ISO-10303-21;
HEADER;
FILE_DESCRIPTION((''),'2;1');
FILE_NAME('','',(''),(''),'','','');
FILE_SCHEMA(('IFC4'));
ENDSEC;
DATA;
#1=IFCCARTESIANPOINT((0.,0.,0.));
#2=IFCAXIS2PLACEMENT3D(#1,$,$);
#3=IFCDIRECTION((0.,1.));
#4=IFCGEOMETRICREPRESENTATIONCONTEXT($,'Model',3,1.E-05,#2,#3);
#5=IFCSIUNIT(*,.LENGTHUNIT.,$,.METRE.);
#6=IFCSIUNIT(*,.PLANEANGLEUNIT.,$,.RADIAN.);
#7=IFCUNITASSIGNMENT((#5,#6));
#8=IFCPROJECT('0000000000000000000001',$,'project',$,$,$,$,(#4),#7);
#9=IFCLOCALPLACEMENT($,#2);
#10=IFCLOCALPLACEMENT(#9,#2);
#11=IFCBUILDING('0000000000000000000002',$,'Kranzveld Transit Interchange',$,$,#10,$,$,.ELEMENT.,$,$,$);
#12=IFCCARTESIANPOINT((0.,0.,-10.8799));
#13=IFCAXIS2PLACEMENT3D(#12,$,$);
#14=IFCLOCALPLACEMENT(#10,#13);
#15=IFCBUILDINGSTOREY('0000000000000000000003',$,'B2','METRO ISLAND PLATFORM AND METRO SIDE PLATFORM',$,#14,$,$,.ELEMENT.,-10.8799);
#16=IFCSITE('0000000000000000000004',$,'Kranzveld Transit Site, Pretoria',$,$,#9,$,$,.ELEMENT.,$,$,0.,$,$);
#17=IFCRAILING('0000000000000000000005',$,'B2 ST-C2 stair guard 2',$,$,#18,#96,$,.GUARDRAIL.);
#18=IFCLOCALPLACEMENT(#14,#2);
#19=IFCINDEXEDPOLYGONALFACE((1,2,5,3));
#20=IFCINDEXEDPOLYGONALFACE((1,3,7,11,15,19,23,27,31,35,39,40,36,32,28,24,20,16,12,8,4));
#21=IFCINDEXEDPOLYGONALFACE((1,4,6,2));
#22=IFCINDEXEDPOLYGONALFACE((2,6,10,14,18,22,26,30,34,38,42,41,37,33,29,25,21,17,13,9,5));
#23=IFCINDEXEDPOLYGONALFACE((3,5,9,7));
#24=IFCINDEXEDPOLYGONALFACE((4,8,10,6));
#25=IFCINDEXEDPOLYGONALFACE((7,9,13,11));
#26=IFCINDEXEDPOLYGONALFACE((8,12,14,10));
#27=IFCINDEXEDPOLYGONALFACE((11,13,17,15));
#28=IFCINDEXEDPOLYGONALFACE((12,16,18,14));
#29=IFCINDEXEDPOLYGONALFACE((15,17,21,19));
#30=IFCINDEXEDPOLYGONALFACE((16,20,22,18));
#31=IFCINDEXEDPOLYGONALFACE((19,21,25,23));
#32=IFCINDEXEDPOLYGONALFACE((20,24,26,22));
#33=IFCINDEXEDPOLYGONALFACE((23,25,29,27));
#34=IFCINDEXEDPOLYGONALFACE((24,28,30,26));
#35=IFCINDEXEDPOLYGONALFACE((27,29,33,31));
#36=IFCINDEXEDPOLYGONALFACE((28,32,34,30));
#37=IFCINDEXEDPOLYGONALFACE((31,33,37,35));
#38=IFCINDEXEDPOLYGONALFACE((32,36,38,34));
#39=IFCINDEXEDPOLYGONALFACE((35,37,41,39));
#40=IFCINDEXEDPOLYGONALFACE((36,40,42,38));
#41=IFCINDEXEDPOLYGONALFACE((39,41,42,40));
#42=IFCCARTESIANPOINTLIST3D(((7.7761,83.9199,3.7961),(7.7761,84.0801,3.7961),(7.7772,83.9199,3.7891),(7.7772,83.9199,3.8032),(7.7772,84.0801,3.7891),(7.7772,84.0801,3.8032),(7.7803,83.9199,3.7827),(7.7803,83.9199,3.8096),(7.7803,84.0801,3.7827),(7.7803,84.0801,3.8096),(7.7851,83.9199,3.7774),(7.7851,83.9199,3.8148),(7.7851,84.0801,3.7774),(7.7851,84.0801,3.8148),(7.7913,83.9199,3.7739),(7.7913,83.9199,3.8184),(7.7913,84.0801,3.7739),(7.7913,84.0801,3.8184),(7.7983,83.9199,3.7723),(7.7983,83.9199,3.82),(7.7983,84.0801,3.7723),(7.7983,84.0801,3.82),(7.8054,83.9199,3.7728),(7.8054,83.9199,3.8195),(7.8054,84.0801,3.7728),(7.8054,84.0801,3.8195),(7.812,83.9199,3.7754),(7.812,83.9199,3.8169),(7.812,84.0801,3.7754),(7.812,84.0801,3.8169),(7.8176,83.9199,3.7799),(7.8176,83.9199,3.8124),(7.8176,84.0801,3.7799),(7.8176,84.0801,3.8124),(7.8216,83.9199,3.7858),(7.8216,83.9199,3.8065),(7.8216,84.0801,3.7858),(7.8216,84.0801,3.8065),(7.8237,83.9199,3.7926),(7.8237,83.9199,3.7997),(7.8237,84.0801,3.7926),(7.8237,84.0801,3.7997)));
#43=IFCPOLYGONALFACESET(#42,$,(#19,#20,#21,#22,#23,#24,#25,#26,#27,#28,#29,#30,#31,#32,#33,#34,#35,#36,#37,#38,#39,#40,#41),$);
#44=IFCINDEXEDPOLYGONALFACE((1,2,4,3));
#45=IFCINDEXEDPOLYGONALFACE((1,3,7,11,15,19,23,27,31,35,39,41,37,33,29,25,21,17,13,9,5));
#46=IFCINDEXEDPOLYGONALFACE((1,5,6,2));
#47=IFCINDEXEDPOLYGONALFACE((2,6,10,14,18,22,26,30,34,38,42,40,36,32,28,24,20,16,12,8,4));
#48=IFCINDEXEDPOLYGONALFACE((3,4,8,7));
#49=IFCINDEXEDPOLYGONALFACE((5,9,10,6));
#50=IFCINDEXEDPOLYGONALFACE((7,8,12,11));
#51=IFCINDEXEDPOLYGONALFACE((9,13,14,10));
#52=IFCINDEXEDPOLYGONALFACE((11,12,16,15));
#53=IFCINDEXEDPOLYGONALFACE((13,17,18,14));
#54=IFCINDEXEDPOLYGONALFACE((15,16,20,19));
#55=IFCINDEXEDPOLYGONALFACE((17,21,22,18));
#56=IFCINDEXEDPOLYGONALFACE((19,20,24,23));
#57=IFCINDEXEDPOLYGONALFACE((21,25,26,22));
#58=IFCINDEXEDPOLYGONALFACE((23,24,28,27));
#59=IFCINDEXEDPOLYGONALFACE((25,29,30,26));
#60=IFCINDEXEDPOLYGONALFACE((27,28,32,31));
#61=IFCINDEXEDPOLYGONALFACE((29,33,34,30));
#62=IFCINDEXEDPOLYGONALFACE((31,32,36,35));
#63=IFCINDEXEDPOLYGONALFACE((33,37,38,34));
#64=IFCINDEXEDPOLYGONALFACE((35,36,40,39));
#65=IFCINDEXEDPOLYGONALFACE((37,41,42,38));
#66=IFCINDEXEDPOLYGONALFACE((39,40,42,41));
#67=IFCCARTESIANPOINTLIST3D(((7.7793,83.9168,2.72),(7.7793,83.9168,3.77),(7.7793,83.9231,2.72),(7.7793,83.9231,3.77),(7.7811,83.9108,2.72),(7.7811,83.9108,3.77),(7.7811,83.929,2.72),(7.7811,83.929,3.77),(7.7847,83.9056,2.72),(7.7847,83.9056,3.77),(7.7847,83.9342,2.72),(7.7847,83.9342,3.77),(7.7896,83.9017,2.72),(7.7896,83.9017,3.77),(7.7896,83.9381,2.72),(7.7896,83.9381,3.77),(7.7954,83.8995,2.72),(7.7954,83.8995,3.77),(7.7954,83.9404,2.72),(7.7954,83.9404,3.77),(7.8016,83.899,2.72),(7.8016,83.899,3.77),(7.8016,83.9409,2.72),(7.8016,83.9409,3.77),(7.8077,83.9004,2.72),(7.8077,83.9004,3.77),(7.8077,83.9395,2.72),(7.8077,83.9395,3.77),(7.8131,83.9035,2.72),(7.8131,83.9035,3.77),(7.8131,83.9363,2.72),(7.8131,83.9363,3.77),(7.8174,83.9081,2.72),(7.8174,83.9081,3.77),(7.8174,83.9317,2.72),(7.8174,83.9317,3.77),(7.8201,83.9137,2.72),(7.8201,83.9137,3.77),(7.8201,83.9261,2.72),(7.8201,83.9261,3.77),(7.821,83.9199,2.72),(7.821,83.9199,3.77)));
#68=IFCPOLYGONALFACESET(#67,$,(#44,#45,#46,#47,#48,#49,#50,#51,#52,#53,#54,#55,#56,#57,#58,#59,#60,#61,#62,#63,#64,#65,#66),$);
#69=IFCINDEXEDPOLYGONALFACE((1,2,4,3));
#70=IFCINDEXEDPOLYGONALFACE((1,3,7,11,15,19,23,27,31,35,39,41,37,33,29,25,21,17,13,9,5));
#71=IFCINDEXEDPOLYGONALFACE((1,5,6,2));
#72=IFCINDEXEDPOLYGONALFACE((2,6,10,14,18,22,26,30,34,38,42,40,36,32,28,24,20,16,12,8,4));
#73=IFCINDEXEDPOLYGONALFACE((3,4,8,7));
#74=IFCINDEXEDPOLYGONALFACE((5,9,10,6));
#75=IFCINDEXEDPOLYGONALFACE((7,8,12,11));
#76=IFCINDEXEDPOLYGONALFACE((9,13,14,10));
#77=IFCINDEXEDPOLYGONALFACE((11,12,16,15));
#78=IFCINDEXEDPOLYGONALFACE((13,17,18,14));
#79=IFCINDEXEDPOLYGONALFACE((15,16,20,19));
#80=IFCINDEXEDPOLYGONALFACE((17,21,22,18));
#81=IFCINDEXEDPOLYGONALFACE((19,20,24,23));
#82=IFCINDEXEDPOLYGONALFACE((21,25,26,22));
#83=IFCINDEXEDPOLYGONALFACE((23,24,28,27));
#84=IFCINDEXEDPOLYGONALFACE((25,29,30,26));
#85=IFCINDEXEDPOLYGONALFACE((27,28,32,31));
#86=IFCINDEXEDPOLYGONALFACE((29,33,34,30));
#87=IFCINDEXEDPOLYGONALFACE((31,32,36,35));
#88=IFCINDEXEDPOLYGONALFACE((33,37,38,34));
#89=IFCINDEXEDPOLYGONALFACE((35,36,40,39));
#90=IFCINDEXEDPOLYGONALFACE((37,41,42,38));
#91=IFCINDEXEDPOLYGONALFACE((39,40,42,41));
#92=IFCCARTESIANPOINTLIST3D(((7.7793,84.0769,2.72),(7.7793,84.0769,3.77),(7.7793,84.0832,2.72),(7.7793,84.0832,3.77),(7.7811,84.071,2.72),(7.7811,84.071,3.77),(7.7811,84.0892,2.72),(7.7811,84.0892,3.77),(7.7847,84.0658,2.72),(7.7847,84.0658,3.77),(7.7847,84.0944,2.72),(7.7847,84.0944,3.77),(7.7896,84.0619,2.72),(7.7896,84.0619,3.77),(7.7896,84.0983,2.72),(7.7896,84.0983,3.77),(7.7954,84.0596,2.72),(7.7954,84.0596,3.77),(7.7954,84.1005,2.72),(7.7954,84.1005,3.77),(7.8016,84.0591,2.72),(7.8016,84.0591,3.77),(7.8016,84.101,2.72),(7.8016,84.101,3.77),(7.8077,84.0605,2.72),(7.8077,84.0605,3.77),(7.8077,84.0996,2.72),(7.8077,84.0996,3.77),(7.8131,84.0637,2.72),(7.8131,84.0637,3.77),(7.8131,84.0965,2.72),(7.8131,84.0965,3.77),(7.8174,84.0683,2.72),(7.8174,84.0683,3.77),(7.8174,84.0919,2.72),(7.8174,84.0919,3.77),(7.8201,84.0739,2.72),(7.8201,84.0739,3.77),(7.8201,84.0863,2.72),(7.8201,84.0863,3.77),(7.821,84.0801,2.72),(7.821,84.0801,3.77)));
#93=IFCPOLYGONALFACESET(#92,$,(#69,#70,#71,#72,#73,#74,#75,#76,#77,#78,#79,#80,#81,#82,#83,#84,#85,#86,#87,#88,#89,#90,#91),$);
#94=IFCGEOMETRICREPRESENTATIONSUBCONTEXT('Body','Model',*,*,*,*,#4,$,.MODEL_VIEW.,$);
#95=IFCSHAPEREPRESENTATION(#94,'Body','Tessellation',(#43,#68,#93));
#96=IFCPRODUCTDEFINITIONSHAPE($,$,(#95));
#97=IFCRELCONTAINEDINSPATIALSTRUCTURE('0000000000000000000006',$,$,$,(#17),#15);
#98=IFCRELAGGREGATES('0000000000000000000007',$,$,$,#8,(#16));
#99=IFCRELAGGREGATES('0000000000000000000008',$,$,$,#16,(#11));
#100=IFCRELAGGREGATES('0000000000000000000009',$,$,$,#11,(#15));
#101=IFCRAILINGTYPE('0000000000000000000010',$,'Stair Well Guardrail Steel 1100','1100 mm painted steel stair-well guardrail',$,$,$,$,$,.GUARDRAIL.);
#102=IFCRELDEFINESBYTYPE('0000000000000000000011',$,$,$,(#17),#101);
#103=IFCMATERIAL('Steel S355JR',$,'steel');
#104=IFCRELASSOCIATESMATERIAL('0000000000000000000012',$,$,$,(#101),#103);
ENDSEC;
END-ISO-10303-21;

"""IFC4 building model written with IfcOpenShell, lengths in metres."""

from ifc_helpers import new_model, si_unit, direction, frame, origin, origin_2d, place, context, subcontext, project, spatial, circle, extrude, material, type_object, element, save


model = new_model("IFC4")

# Units and contexts
model_context = context("Model", 3, precision=1e-05, world=origin(), true_north=direction((0.0, 1.0)))
body_context = subcontext(model_context, "Body", "Model", "MODEL_VIEW")
ifc_project = project(units=[si_unit("LENGTHUNIT", "METRE"), si_unit("PLANEANGLEUNIT", "RADIAN")], contexts=[model_context])

# Site, building, storey
site_placement = place(None, origin())
site = spatial("IfcSite", under=ifc_project, at=site_placement, Name="Kranzveld Transit Site, Pretoria", CompositionType="ELEMENT", RefElevation=0.0)
building_placement = place(site_placement, origin())
building = spatial("IfcBuilding", under=site, at=building_placement, Name="Kranzveld Transit Interchange", CompositionType="ELEMENT")
storey_placement = place(building_placement, frame((0.0, 0.0, -10.8799)))
storey = spatial("IfcBuildingStorey", under=building, at=storey_placement, Name="B2", Description="METRO ISLAND PLATFORM AND METRO SIDE PLATFORM", CompositionType="ELEMENT", Elevation=-10.8799)

# Railing
ifc_material_1 = material(Name="Steel S355JR", Category="steel")
railing_type_1 = type_object("IfcRailingType", Name="Stair Well Guardrail Steel 1100", Description="1100 mm painted steel stair-well guardrail", PredefinedType="GUARDRAIL", material=ifc_material_1)
railing_1_placement = place(storey_placement, frame((7.8, 83.9199, 2.72)))
element("IfcRailing", 1, at=railing_1_placement, inside=storey, type_object=railing_type_1, Name="B2 ST-C2 stair guard 2", PredefinedType="GUARDRAIL", context=body_context, shape_type="SweptSolid", body=[
    extrude(circle(Radius=0.0239, at=origin_2d()), frame((0.0, 0.0, 1.0762), z_axis=(0.0, 1.0, 0.0), x_axis=(-1.0, 0.0, 0.0)), (0.0, 0.0, 1.0), 0.1602),
    extrude(circle(Radius=0.021, at=origin_2d()), origin(), (0.0, 0.0, 1.0), 1.05),
    extrude(circle(Radius=0.021, at=origin_2d()), frame((0.0, 0.1602, 0.0)), (0.0, 0.0, 1.0), 1.05),
])

save(model, "model.ifc")
